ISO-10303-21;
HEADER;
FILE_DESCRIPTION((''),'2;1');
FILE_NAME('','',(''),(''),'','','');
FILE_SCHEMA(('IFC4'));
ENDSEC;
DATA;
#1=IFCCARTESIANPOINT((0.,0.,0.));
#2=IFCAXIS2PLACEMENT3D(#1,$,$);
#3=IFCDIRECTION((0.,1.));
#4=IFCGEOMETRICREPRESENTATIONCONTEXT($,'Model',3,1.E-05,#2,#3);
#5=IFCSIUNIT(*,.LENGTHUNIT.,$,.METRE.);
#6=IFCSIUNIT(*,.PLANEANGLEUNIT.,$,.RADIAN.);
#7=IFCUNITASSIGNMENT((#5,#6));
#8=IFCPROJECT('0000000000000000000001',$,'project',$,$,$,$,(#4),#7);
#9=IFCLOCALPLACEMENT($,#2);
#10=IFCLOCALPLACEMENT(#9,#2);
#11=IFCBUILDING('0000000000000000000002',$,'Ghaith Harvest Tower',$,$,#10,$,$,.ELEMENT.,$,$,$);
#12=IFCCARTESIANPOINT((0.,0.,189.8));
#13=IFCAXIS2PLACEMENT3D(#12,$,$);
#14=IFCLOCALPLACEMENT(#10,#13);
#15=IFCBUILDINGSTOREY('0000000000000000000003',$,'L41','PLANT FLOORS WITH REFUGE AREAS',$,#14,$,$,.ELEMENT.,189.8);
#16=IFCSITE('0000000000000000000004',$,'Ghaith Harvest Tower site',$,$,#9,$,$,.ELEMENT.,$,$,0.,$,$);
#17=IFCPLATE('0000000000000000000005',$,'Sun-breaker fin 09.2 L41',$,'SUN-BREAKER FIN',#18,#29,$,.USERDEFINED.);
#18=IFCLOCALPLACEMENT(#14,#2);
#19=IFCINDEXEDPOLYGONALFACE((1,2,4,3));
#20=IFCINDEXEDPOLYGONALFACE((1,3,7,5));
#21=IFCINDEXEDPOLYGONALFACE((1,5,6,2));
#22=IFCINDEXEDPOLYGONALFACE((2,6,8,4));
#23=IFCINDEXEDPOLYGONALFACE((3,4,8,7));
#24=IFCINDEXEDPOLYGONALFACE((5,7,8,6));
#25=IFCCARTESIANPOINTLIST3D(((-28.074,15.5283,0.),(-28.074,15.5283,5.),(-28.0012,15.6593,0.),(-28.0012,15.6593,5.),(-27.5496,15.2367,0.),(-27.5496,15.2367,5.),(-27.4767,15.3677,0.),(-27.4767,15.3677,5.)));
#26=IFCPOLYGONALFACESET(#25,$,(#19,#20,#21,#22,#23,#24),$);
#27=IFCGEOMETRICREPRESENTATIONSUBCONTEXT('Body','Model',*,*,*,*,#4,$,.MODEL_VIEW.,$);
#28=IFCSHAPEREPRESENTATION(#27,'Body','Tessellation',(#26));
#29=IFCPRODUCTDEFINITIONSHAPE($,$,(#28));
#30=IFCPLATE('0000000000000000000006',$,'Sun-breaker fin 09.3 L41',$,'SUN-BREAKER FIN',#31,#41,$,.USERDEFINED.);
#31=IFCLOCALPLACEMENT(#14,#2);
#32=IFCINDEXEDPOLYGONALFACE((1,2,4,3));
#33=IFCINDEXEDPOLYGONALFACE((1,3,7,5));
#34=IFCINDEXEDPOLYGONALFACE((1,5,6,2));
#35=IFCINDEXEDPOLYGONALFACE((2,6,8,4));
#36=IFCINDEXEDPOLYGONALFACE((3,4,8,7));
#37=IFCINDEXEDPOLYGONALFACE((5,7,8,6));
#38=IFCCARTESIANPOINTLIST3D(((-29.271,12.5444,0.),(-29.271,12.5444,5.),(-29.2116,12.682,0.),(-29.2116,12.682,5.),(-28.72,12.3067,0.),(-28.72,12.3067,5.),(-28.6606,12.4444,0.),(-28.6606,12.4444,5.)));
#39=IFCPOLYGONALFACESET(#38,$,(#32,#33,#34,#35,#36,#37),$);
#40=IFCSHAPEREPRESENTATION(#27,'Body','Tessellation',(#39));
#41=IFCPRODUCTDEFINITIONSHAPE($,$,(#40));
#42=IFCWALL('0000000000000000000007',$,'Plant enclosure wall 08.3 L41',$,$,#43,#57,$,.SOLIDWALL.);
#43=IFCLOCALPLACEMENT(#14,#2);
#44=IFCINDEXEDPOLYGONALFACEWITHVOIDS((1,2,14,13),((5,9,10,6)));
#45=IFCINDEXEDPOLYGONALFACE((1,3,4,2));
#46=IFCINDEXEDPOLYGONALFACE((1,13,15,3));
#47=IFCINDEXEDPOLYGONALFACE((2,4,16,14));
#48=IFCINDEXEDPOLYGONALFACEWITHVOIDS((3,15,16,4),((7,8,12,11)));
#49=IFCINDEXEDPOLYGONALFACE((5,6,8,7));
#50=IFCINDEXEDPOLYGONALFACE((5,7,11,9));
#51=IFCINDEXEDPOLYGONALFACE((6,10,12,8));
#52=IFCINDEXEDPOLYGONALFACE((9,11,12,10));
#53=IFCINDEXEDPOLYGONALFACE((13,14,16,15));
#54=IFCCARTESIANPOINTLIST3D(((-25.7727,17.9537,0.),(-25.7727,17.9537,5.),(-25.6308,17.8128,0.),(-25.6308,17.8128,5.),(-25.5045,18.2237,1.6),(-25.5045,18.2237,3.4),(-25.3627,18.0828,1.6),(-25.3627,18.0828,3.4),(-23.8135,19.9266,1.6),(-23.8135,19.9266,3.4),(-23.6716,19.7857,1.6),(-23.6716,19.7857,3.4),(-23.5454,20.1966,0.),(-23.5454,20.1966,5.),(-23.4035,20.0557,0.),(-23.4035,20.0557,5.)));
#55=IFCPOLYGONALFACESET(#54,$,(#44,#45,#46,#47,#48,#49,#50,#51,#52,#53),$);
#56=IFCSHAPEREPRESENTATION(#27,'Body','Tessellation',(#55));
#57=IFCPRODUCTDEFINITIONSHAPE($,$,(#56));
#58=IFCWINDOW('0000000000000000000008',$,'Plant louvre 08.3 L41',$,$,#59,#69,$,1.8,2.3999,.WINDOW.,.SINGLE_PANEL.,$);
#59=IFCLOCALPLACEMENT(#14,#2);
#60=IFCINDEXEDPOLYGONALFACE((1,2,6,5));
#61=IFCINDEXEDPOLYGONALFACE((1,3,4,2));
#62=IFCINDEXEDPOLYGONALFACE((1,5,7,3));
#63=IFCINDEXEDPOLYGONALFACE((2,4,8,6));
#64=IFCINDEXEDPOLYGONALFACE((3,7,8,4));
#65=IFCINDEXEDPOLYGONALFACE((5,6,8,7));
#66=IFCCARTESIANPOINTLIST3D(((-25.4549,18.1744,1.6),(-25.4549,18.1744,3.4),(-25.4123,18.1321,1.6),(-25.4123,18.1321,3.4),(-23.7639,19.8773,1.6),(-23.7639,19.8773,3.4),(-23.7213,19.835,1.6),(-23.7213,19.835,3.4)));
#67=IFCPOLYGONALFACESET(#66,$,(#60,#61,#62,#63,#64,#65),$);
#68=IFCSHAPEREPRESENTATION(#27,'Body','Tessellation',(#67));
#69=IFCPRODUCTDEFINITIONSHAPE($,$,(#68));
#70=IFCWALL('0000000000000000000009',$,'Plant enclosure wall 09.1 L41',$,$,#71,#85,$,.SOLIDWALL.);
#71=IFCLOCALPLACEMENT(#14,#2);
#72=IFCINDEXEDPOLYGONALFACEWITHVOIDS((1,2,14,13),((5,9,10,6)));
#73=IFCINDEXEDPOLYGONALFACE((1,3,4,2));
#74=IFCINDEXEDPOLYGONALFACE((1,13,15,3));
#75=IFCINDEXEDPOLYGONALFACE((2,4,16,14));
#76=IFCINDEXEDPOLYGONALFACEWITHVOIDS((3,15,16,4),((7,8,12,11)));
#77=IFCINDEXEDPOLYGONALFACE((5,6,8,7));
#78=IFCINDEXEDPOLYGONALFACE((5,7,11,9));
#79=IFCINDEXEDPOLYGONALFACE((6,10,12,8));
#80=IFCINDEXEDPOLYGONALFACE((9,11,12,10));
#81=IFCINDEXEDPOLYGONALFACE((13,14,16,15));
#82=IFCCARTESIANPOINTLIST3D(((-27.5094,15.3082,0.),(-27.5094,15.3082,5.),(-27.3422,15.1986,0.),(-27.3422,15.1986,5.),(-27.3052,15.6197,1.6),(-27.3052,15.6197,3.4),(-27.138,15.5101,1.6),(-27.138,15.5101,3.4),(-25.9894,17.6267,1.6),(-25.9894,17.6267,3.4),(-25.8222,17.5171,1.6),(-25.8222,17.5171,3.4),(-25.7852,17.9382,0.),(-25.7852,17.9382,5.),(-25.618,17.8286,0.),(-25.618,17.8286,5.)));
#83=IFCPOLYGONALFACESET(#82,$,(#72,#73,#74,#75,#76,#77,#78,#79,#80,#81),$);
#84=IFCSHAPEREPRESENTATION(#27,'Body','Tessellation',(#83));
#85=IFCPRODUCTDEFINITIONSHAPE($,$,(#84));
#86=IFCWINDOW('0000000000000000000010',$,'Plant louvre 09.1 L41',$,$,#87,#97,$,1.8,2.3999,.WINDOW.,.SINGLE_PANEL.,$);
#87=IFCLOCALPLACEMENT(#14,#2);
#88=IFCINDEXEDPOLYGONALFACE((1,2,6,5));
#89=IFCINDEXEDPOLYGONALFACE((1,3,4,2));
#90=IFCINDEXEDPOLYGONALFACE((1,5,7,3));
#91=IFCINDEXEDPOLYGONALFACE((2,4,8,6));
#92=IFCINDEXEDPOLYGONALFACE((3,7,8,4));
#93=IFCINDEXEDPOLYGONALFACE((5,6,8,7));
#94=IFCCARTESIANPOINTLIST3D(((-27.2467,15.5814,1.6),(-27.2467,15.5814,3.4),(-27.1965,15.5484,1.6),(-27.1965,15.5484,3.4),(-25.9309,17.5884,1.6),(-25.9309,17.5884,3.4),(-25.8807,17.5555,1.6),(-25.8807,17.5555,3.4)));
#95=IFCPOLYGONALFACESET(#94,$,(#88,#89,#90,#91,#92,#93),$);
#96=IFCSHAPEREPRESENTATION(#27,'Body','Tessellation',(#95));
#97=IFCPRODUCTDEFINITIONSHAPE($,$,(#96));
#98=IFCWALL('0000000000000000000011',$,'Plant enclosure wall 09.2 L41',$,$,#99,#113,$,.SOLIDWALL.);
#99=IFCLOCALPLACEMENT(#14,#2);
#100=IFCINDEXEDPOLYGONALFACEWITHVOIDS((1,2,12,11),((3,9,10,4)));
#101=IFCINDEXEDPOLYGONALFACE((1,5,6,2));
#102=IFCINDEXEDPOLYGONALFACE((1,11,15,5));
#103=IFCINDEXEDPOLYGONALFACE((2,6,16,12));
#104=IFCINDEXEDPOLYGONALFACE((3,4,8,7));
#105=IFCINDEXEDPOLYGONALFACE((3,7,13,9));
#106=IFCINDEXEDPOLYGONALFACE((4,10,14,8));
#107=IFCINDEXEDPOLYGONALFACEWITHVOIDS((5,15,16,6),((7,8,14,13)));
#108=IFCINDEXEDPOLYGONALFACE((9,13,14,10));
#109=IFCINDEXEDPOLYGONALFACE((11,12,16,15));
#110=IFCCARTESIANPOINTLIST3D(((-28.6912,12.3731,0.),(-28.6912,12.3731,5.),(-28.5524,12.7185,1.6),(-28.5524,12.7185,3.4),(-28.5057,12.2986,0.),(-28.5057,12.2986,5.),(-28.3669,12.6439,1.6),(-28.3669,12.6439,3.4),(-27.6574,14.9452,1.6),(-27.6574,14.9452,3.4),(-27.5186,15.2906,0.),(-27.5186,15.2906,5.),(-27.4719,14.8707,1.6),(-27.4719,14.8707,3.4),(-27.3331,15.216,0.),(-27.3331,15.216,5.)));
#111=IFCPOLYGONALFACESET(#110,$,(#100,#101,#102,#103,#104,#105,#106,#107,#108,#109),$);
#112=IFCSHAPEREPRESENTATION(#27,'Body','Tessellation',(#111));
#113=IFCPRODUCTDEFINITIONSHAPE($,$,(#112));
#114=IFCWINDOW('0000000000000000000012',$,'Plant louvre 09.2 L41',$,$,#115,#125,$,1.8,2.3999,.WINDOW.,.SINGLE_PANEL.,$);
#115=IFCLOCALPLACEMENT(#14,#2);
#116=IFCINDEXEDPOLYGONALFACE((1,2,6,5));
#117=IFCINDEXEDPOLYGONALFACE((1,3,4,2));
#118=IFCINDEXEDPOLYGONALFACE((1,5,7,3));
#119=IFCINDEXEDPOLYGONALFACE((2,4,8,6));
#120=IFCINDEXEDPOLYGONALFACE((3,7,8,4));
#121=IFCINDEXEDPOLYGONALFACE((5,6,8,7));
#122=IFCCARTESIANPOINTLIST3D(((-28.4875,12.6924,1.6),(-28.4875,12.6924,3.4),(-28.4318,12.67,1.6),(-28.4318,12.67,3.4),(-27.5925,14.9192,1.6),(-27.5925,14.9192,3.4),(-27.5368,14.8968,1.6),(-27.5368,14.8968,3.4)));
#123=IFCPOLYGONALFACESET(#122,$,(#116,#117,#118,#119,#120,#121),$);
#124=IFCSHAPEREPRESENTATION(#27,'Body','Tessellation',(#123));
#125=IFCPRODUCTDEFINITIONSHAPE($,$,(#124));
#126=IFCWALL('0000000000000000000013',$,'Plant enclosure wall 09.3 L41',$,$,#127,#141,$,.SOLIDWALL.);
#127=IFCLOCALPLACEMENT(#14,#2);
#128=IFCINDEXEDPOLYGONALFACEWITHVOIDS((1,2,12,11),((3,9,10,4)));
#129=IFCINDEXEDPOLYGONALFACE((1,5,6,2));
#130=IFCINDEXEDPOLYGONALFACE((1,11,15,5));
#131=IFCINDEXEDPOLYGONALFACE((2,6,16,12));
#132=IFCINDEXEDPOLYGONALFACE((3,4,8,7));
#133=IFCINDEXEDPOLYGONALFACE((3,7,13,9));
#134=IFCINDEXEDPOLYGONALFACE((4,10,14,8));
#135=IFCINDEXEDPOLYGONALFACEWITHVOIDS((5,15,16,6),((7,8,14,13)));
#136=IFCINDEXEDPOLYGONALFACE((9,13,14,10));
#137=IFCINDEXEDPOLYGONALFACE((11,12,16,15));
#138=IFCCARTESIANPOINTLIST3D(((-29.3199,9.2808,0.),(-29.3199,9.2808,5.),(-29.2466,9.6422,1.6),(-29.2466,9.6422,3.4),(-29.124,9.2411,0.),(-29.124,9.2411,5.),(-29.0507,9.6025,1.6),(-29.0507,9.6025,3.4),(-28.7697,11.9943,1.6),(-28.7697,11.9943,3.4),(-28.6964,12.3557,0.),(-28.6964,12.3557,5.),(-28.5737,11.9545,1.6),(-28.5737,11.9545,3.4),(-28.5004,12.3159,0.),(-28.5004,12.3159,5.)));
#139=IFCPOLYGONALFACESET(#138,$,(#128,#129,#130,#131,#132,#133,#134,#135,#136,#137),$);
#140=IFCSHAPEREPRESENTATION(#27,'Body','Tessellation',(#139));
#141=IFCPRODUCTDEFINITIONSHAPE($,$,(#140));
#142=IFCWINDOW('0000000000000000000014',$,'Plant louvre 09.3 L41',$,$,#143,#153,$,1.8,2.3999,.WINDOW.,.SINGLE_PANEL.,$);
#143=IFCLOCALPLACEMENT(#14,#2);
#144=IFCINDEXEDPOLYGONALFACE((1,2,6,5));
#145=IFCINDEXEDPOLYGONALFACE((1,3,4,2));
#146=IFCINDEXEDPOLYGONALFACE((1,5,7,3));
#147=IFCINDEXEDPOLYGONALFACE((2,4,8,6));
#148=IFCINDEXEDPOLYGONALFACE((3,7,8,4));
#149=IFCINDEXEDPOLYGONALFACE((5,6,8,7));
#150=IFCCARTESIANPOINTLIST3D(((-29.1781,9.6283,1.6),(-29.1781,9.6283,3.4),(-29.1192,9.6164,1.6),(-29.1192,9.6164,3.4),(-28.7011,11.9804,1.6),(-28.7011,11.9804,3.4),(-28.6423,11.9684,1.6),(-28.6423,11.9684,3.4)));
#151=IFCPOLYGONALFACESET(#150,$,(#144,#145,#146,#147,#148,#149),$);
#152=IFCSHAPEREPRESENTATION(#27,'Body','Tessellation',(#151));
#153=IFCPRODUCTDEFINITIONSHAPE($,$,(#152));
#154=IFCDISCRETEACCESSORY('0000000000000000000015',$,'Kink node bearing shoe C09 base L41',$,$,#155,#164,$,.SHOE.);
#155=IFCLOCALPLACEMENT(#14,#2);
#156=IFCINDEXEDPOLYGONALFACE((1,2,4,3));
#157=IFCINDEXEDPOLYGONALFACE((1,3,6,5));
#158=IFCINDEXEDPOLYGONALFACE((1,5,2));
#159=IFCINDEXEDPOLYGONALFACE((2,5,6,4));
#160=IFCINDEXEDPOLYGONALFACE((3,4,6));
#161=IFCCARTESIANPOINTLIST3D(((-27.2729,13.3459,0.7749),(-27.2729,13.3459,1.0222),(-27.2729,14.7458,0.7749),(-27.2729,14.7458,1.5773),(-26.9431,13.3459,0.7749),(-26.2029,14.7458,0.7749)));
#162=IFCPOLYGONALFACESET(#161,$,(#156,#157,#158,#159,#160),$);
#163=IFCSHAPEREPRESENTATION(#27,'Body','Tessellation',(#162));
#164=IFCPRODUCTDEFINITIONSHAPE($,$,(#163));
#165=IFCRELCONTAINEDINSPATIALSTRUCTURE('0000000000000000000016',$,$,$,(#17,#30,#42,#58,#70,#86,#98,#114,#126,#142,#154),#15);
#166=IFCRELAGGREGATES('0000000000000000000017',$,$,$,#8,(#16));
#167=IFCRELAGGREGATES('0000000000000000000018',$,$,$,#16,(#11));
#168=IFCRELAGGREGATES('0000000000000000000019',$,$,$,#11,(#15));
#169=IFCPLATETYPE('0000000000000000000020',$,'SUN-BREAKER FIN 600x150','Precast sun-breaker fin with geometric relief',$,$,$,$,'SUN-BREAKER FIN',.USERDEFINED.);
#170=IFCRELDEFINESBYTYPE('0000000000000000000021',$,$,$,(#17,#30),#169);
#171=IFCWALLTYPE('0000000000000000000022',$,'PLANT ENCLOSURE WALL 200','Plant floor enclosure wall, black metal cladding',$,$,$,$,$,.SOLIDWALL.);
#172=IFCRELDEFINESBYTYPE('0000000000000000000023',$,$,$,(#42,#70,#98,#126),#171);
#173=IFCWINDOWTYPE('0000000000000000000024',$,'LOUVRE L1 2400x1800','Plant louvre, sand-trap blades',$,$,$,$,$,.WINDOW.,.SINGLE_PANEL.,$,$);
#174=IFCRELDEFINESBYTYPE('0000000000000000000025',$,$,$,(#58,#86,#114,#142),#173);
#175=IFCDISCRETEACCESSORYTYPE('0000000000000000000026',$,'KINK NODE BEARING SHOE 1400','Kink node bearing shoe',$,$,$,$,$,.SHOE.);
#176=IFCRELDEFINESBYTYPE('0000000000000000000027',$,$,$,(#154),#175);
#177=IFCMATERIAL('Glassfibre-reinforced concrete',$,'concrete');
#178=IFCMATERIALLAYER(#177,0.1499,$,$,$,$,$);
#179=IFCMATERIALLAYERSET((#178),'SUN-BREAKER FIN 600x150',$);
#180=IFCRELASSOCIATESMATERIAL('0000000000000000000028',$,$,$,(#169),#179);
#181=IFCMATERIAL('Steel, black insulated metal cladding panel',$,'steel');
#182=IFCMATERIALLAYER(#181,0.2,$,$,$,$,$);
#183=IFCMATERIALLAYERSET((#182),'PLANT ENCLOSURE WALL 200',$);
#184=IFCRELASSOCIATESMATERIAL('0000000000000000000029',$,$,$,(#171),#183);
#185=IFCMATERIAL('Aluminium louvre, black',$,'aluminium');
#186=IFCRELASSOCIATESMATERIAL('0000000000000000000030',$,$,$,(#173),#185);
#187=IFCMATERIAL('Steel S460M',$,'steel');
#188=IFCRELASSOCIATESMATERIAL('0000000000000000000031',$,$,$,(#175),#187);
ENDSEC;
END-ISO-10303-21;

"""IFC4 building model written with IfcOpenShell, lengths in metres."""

from ifc_helpers import new_model, si_unit, direction, frame, frame_2d, origin, origin_2d, place, context, subcontext, project, spatial, rectangle, extrude, clip, halfspace, material, layer, layer_set, material_profile, profile_set, type_object, element, fill, save


model = new_model("IFC4")

# Units and contexts
model_context = context("Model", 3, precision=1e-05, world=origin(), true_north=direction((0.0, 1.0)))
body_context = subcontext(model_context, "Body", "Model", "MODEL_VIEW")
ifc_project = project(units=[si_unit("LENGTHUNIT", "METRE"), si_unit("PLANEANGLEUNIT", "RADIAN")], contexts=[model_context])

# Site, building, storey
site_placement = place(None, origin())
site = spatial("IfcSite", under=ifc_project, at=site_placement, Name="Ghaith Harvest Tower site", CompositionType="ELEMENT", RefElevation=0.0)
building_placement = place(site_placement, origin())
building = spatial("IfcBuilding", under=site, at=building_placement, Name="Ghaith Harvest Tower", CompositionType="ELEMENT")
storey_placement = place(building_placement, frame((0.0, 0.0, 189.8)))
storey = spatial("IfcBuildingStorey", under=building, at=storey_placement, Name="L41", Description="PLANT FLOORS WITH REFUGE AREAS", CompositionType="ELEMENT", Elevation=189.8)

# Plates
ifc_material_1 = material(Name="Glassfibre-reinforced concrete", Category="concrete")
ifc_layer_1 = layer(ifc_material_1, 0.1499)
ifc_layer_set_1 = layer_set([ifc_layer_1], Name="SUN-BREAKER FIN 600x150")
plate_type = type_object("IfcPlateType", Name="SUN-BREAKER FIN 600x150", Description="Precast sun-breaker fin with geometric relief", ElementType="SUN-BREAKER FIN", PredefinedType="USERDEFINED", material=ifc_layer_set_1)
for number, where, z_axis, x_axis, name in (
    (1, (-27.7754, 15.448, 0.0), (0.0, 0.0, 1.0), (-0.873927, 0.486057, 0.0), "Sun-breaker fin 09.2 L41"),
    (2, (-28.9658, 12.4944, 0.0), (0.0, 0.0, 1.0), (-0.918218, 0.396075, 0.0), "Sun-breaker fin 09.3 L41"),
):
    element("IfcPlate", number, at=place(storey_placement, frame(where, z_axis=z_axis, x_axis=x_axis)), inside=storey, type_object=plate_type, Name=name, ObjectType="SUN-BREAKER FIN", PredefinedType="USERDEFINED", context=body_context, shape_type="SweptSolid", body=[
        extrude(rectangle(XDim=0.6001, YDim=0.1499, at=origin_2d()), origin(), (0.0, 0.0, 1.0), 5.0),
    ])

# Walls, openings, windows
ifc_material_2 = material(Name="Steel, black insulated metal cladding panel", Category="steel")
ifc_layer_2 = layer(ifc_material_2, 0.2)
ifc_layer_set_2 = layer_set([ifc_layer_2], Name="PLANT ENCLOSURE WALL 200")
wall_type = type_object("IfcWallType", Name="PLANT ENCLOSURE WALL 200", Description="Plant floor enclosure wall, black metal cladding", PredefinedType="SOLIDWALL", material=ifc_layer_set_2)
wall_1_placement = place(storey_placement, frame((-23.4744, 20.1262, 0.0), z_axis=(0.0, 0.0, 1.0), x_axis=(-0.704631, -0.709574, 0.0)))
wall_1 = element("IfcWall", 3, at=wall_1_placement, inside=storey, type_object=wall_type, Name="Plant enclosure wall 08.3 L41", PredefinedType="SOLIDWALL", context=body_context, shape_type="SweptSolid", body=[
    extrude(rectangle(XDim=3.1609, YDim=0.2, at=frame_2d((1.5806, 0.0))), origin(), (0.0, 0.0, 1.0), 5.0),
])
opening_1_placement = place(wall_1_placement, frame((0.3806, 0.0, 1.6001)))
opening_1 = element("IfcOpeningElement", 4, at=opening_1_placement, cuts=wall_1, PredefinedType="OPENING", context=body_context, shape_type="SweptSolid", body=[
    extrude(rectangle(XDim=2.3999, YDim=1.8, at=frame_2d((1.2, 0.8999))), frame((0.0, 0.1099, 0.0), z_axis=(0.0, -1.0, 0.0), x_axis=(1.0, 0.0, 0.0)), (0.0, 0.0, 1.0), 0.22),
])
ifc_material_3 = material(Name="Aluminium louvre, black", Category="aluminium")
window_type = type_object("IfcWindowType", Name="LOUVRE L1 2400x1800", Description="Plant louvre, sand-trap blades", PartitioningType="SINGLE_PANEL", PredefinedType="WINDOW", material=ifc_material_3)
window_1_placement = place(opening_1_placement, origin())
window_1 = element("IfcWindow", 5, at=window_1_placement, inside=storey, type_object=window_type, Name="Plant louvre 08.3 L41", OverallHeight=1.8, OverallWidth=2.3999, PartitioningType="SINGLE_PANEL", PredefinedType="WINDOW", context=body_context, shape_type="SweptSolid", body=[
    extrude(rectangle(XDim=2.3999, YDim=1.8, at=frame_2d((1.2, 0.8999))), frame((0.0, 0.03, 0.0), z_axis=(0.0, -1.0, 0.0), x_axis=(1.0, 0.0, 0.0)), (0.0, 0.0, 1.0), 0.0601),
])
fill(opening_1, window_1)
wall_2_placement = place(storey_placement, frame((-25.7017, 17.8833, 0.0), z_axis=(0.0, 0.0, 1.0), x_axis=(-0.54827, -0.836302, 0.0)))
wall_2 = element("IfcWall", 6, at=wall_2_placement, inside=storey, type_object=wall_type, Name="Plant enclosure wall 09.1 L41", PredefinedType="SOLIDWALL", context=body_context, shape_type="SweptSolid", body=[
    extrude(rectangle(XDim=3.1448, YDim=0.2, at=frame_2d((1.5723, 0.0))), origin(), (0.0, 0.0, 1.0), 5.0),
])
opening_2_placement = place(wall_2_placement, frame((0.3723, 0.0, 1.6001)))
opening_2 = element("IfcOpeningElement", 7, at=opening_2_placement, cuts=wall_2, PredefinedType="OPENING", context=body_context, shape_type="SweptSolid", body=[
    extrude(rectangle(XDim=2.3999, YDim=1.8, at=frame_2d((1.2, 0.8999))), frame((0.0, 0.1099, 0.0), z_axis=(0.0, -1.0, 0.0), x_axis=(1.0, 0.0, 0.0)), (0.0, 0.0, 1.0), 0.22),
])
window_2_placement = place(opening_2_placement, origin())
window_2 = element("IfcWindow", 8, at=window_2_placement, inside=storey, type_object=window_type, Name="Plant louvre 09.1 L41", OverallHeight=1.8, OverallWidth=2.3999, PartitioningType="SINGLE_PANEL", PredefinedType="WINDOW", context=body_context, shape_type="SweptSolid", body=[
    extrude(rectangle(XDim=2.3999, YDim=1.8, at=frame_2d((1.2, 0.8999))), frame((0.0, 0.03, 0.0), z_axis=(0.0, -1.0, 0.0), x_axis=(1.0, 0.0, 0.0)), (0.0, 0.0, 1.0), 0.0601),
])
fill(opening_2, window_2)
wall_3_placement = place(storey_placement, frame((-27.4258, 15.2534, 0.0), z_axis=(0.0, 0.0, 1.0), x_axis=(-0.37293, -0.92786, 0.0)))
wall_3 = element("IfcWall", 9, at=wall_3_placement, inside=storey, type_object=wall_type, Name="Plant enclosure wall 09.2 L41", PredefinedType="SOLIDWALL", context=body_context, shape_type="SweptSolid", body=[
    extrude(rectangle(XDim=3.1443, YDim=0.2, at=frame_2d((1.5723, 0.0))), origin(), (0.0, 0.0, 1.0), 5.0),
])
opening_3_placement = place(wall_3_placement, frame((0.3723, 0.0, 1.6001)))
opening_3 = element("IfcOpeningElement", 10, at=opening_3_placement, cuts=wall_3, PredefinedType="OPENING", context=body_context, shape_type="SweptSolid", body=[
    extrude(rectangle(XDim=2.3999, YDim=1.8, at=frame_2d((1.2, 0.8999))), frame((0.0, 0.1099, 0.0), z_axis=(0.0, -1.0, 0.0), x_axis=(1.0, 0.0, 0.0)), (0.0, 0.0, 1.0), 0.22),
])
window_3_placement = place(opening_3_placement, origin())
window_3 = element("IfcWindow", 11, at=window_3_placement, inside=storey, type_object=window_type, Name="Plant louvre 09.2 L41", OverallHeight=1.8, OverallWidth=2.3999, PartitioningType="SINGLE_PANEL", PredefinedType="WINDOW", context=body_context, shape_type="SweptSolid", body=[
    extrude(rectangle(XDim=2.3999, YDim=1.8, at=frame_2d((1.2, 0.8999))), frame((0.0, 0.03, 0.0), z_axis=(0.0, -1.0, 0.0), x_axis=(1.0, 0.0, 0.0)), (0.0, 0.0, 1.0), 0.0601),
])
fill(opening_3, window_3)
wall_4_placement = place(storey_placement, frame((-28.5984, 12.3359, 0.0), z_axis=(0.0, 0.0, 1.0), x_axis=(-0.198734, -0.980053, 0.0)))
wall_4 = element("IfcWall", 12, at=wall_4_placement, inside=storey, type_object=wall_type, Name="Plant enclosure wall 09.3 L41", PredefinedType="SOLIDWALL", context=body_context, shape_type="SweptSolid", body=[
    extrude(rectangle(XDim=3.1375, YDim=0.2, at=frame_2d((1.5688, 0.0))), origin(), (0.0, 0.0, 1.0), 5.0),
])
opening_4_placement = place(wall_4_placement, frame((0.3689, 0.0, 1.6001)))
opening_4 = element("IfcOpeningElement", 13, at=opening_4_placement, cuts=wall_4, PredefinedType="OPENING", context=body_context, shape_type="SweptSolid", body=[
    extrude(rectangle(XDim=2.3999, YDim=1.8, at=frame_2d((1.2, 0.8999))), frame((0.0, 0.1099, 0.0), z_axis=(0.0, -1.0, 0.0), x_axis=(1.0, 0.0, 0.0)), (0.0, 0.0, 1.0), 0.22),
])
window_4_placement = place(opening_4_placement, origin())
window_4 = element("IfcWindow", 14, at=window_4_placement, inside=storey, type_object=window_type, Name="Plant louvre 09.3 L41", OverallHeight=1.8, OverallWidth=2.3999, PartitioningType="SINGLE_PANEL", PredefinedType="WINDOW", context=body_context, shape_type="SweptSolid", body=[
    extrude(rectangle(XDim=2.3999, YDim=1.8, at=frame_2d((1.2, 0.8999))), frame((0.0, 0.03, 0.0), z_axis=(0.0, -1.0, 0.0), x_axis=(1.0, 0.0, 0.0)), (0.0, 0.0, 1.0), 0.0601),
])
fill(opening_4, window_4)

# Discrete accessory
ifc_material_4 = material(Name="Steel S460M", Category="steel")
ifc_material_profile_1 = material_profile(ifc_material_4, rectangle(XDim=1.3999, YDim=1.3999, at=origin_2d()), Name="KINK NODE BEARING SHOE 1400")
ifc_profile_set_1 = profile_set([ifc_material_profile_1], Name="Steel S460M")
discrete_accessory_type = type_object("IfcDiscreteAccessoryType", Name="KINK NODE BEARING SHOE 1400", Description="Kink node bearing shoe", PredefinedType="SHOE", material=ifc_profile_set_1)
discrete_accessory_1_placement = place(storey_placement, frame((-26.573, 14.0459, 0.7749), z_axis=(0.0, 0.0, 1.0), x_axis=(1.0, 0.0, 0.0)))
element("IfcDiscreteAccessory", 15, at=discrete_accessory_1_placement, inside=storey, type_object=discrete_accessory_type, Name="Kink node bearing shoe C09 base L41", PredefinedType="SHOE", context=body_context, shape_type="Clipping", body=[
    clip(extrude(rectangle(XDim=1.3999, YDim=1.3999, at=origin_2d()), origin(), (0.0, 0.0, 1.0), 0.8125), halfspace(frame((0.0, 0.0, 0.0), z_axis=(0.57184, -0.302388, 0.762601), x_axis=(1.0, 0.0, 0.0)), False)),
])

save(model, "model.ifc")
